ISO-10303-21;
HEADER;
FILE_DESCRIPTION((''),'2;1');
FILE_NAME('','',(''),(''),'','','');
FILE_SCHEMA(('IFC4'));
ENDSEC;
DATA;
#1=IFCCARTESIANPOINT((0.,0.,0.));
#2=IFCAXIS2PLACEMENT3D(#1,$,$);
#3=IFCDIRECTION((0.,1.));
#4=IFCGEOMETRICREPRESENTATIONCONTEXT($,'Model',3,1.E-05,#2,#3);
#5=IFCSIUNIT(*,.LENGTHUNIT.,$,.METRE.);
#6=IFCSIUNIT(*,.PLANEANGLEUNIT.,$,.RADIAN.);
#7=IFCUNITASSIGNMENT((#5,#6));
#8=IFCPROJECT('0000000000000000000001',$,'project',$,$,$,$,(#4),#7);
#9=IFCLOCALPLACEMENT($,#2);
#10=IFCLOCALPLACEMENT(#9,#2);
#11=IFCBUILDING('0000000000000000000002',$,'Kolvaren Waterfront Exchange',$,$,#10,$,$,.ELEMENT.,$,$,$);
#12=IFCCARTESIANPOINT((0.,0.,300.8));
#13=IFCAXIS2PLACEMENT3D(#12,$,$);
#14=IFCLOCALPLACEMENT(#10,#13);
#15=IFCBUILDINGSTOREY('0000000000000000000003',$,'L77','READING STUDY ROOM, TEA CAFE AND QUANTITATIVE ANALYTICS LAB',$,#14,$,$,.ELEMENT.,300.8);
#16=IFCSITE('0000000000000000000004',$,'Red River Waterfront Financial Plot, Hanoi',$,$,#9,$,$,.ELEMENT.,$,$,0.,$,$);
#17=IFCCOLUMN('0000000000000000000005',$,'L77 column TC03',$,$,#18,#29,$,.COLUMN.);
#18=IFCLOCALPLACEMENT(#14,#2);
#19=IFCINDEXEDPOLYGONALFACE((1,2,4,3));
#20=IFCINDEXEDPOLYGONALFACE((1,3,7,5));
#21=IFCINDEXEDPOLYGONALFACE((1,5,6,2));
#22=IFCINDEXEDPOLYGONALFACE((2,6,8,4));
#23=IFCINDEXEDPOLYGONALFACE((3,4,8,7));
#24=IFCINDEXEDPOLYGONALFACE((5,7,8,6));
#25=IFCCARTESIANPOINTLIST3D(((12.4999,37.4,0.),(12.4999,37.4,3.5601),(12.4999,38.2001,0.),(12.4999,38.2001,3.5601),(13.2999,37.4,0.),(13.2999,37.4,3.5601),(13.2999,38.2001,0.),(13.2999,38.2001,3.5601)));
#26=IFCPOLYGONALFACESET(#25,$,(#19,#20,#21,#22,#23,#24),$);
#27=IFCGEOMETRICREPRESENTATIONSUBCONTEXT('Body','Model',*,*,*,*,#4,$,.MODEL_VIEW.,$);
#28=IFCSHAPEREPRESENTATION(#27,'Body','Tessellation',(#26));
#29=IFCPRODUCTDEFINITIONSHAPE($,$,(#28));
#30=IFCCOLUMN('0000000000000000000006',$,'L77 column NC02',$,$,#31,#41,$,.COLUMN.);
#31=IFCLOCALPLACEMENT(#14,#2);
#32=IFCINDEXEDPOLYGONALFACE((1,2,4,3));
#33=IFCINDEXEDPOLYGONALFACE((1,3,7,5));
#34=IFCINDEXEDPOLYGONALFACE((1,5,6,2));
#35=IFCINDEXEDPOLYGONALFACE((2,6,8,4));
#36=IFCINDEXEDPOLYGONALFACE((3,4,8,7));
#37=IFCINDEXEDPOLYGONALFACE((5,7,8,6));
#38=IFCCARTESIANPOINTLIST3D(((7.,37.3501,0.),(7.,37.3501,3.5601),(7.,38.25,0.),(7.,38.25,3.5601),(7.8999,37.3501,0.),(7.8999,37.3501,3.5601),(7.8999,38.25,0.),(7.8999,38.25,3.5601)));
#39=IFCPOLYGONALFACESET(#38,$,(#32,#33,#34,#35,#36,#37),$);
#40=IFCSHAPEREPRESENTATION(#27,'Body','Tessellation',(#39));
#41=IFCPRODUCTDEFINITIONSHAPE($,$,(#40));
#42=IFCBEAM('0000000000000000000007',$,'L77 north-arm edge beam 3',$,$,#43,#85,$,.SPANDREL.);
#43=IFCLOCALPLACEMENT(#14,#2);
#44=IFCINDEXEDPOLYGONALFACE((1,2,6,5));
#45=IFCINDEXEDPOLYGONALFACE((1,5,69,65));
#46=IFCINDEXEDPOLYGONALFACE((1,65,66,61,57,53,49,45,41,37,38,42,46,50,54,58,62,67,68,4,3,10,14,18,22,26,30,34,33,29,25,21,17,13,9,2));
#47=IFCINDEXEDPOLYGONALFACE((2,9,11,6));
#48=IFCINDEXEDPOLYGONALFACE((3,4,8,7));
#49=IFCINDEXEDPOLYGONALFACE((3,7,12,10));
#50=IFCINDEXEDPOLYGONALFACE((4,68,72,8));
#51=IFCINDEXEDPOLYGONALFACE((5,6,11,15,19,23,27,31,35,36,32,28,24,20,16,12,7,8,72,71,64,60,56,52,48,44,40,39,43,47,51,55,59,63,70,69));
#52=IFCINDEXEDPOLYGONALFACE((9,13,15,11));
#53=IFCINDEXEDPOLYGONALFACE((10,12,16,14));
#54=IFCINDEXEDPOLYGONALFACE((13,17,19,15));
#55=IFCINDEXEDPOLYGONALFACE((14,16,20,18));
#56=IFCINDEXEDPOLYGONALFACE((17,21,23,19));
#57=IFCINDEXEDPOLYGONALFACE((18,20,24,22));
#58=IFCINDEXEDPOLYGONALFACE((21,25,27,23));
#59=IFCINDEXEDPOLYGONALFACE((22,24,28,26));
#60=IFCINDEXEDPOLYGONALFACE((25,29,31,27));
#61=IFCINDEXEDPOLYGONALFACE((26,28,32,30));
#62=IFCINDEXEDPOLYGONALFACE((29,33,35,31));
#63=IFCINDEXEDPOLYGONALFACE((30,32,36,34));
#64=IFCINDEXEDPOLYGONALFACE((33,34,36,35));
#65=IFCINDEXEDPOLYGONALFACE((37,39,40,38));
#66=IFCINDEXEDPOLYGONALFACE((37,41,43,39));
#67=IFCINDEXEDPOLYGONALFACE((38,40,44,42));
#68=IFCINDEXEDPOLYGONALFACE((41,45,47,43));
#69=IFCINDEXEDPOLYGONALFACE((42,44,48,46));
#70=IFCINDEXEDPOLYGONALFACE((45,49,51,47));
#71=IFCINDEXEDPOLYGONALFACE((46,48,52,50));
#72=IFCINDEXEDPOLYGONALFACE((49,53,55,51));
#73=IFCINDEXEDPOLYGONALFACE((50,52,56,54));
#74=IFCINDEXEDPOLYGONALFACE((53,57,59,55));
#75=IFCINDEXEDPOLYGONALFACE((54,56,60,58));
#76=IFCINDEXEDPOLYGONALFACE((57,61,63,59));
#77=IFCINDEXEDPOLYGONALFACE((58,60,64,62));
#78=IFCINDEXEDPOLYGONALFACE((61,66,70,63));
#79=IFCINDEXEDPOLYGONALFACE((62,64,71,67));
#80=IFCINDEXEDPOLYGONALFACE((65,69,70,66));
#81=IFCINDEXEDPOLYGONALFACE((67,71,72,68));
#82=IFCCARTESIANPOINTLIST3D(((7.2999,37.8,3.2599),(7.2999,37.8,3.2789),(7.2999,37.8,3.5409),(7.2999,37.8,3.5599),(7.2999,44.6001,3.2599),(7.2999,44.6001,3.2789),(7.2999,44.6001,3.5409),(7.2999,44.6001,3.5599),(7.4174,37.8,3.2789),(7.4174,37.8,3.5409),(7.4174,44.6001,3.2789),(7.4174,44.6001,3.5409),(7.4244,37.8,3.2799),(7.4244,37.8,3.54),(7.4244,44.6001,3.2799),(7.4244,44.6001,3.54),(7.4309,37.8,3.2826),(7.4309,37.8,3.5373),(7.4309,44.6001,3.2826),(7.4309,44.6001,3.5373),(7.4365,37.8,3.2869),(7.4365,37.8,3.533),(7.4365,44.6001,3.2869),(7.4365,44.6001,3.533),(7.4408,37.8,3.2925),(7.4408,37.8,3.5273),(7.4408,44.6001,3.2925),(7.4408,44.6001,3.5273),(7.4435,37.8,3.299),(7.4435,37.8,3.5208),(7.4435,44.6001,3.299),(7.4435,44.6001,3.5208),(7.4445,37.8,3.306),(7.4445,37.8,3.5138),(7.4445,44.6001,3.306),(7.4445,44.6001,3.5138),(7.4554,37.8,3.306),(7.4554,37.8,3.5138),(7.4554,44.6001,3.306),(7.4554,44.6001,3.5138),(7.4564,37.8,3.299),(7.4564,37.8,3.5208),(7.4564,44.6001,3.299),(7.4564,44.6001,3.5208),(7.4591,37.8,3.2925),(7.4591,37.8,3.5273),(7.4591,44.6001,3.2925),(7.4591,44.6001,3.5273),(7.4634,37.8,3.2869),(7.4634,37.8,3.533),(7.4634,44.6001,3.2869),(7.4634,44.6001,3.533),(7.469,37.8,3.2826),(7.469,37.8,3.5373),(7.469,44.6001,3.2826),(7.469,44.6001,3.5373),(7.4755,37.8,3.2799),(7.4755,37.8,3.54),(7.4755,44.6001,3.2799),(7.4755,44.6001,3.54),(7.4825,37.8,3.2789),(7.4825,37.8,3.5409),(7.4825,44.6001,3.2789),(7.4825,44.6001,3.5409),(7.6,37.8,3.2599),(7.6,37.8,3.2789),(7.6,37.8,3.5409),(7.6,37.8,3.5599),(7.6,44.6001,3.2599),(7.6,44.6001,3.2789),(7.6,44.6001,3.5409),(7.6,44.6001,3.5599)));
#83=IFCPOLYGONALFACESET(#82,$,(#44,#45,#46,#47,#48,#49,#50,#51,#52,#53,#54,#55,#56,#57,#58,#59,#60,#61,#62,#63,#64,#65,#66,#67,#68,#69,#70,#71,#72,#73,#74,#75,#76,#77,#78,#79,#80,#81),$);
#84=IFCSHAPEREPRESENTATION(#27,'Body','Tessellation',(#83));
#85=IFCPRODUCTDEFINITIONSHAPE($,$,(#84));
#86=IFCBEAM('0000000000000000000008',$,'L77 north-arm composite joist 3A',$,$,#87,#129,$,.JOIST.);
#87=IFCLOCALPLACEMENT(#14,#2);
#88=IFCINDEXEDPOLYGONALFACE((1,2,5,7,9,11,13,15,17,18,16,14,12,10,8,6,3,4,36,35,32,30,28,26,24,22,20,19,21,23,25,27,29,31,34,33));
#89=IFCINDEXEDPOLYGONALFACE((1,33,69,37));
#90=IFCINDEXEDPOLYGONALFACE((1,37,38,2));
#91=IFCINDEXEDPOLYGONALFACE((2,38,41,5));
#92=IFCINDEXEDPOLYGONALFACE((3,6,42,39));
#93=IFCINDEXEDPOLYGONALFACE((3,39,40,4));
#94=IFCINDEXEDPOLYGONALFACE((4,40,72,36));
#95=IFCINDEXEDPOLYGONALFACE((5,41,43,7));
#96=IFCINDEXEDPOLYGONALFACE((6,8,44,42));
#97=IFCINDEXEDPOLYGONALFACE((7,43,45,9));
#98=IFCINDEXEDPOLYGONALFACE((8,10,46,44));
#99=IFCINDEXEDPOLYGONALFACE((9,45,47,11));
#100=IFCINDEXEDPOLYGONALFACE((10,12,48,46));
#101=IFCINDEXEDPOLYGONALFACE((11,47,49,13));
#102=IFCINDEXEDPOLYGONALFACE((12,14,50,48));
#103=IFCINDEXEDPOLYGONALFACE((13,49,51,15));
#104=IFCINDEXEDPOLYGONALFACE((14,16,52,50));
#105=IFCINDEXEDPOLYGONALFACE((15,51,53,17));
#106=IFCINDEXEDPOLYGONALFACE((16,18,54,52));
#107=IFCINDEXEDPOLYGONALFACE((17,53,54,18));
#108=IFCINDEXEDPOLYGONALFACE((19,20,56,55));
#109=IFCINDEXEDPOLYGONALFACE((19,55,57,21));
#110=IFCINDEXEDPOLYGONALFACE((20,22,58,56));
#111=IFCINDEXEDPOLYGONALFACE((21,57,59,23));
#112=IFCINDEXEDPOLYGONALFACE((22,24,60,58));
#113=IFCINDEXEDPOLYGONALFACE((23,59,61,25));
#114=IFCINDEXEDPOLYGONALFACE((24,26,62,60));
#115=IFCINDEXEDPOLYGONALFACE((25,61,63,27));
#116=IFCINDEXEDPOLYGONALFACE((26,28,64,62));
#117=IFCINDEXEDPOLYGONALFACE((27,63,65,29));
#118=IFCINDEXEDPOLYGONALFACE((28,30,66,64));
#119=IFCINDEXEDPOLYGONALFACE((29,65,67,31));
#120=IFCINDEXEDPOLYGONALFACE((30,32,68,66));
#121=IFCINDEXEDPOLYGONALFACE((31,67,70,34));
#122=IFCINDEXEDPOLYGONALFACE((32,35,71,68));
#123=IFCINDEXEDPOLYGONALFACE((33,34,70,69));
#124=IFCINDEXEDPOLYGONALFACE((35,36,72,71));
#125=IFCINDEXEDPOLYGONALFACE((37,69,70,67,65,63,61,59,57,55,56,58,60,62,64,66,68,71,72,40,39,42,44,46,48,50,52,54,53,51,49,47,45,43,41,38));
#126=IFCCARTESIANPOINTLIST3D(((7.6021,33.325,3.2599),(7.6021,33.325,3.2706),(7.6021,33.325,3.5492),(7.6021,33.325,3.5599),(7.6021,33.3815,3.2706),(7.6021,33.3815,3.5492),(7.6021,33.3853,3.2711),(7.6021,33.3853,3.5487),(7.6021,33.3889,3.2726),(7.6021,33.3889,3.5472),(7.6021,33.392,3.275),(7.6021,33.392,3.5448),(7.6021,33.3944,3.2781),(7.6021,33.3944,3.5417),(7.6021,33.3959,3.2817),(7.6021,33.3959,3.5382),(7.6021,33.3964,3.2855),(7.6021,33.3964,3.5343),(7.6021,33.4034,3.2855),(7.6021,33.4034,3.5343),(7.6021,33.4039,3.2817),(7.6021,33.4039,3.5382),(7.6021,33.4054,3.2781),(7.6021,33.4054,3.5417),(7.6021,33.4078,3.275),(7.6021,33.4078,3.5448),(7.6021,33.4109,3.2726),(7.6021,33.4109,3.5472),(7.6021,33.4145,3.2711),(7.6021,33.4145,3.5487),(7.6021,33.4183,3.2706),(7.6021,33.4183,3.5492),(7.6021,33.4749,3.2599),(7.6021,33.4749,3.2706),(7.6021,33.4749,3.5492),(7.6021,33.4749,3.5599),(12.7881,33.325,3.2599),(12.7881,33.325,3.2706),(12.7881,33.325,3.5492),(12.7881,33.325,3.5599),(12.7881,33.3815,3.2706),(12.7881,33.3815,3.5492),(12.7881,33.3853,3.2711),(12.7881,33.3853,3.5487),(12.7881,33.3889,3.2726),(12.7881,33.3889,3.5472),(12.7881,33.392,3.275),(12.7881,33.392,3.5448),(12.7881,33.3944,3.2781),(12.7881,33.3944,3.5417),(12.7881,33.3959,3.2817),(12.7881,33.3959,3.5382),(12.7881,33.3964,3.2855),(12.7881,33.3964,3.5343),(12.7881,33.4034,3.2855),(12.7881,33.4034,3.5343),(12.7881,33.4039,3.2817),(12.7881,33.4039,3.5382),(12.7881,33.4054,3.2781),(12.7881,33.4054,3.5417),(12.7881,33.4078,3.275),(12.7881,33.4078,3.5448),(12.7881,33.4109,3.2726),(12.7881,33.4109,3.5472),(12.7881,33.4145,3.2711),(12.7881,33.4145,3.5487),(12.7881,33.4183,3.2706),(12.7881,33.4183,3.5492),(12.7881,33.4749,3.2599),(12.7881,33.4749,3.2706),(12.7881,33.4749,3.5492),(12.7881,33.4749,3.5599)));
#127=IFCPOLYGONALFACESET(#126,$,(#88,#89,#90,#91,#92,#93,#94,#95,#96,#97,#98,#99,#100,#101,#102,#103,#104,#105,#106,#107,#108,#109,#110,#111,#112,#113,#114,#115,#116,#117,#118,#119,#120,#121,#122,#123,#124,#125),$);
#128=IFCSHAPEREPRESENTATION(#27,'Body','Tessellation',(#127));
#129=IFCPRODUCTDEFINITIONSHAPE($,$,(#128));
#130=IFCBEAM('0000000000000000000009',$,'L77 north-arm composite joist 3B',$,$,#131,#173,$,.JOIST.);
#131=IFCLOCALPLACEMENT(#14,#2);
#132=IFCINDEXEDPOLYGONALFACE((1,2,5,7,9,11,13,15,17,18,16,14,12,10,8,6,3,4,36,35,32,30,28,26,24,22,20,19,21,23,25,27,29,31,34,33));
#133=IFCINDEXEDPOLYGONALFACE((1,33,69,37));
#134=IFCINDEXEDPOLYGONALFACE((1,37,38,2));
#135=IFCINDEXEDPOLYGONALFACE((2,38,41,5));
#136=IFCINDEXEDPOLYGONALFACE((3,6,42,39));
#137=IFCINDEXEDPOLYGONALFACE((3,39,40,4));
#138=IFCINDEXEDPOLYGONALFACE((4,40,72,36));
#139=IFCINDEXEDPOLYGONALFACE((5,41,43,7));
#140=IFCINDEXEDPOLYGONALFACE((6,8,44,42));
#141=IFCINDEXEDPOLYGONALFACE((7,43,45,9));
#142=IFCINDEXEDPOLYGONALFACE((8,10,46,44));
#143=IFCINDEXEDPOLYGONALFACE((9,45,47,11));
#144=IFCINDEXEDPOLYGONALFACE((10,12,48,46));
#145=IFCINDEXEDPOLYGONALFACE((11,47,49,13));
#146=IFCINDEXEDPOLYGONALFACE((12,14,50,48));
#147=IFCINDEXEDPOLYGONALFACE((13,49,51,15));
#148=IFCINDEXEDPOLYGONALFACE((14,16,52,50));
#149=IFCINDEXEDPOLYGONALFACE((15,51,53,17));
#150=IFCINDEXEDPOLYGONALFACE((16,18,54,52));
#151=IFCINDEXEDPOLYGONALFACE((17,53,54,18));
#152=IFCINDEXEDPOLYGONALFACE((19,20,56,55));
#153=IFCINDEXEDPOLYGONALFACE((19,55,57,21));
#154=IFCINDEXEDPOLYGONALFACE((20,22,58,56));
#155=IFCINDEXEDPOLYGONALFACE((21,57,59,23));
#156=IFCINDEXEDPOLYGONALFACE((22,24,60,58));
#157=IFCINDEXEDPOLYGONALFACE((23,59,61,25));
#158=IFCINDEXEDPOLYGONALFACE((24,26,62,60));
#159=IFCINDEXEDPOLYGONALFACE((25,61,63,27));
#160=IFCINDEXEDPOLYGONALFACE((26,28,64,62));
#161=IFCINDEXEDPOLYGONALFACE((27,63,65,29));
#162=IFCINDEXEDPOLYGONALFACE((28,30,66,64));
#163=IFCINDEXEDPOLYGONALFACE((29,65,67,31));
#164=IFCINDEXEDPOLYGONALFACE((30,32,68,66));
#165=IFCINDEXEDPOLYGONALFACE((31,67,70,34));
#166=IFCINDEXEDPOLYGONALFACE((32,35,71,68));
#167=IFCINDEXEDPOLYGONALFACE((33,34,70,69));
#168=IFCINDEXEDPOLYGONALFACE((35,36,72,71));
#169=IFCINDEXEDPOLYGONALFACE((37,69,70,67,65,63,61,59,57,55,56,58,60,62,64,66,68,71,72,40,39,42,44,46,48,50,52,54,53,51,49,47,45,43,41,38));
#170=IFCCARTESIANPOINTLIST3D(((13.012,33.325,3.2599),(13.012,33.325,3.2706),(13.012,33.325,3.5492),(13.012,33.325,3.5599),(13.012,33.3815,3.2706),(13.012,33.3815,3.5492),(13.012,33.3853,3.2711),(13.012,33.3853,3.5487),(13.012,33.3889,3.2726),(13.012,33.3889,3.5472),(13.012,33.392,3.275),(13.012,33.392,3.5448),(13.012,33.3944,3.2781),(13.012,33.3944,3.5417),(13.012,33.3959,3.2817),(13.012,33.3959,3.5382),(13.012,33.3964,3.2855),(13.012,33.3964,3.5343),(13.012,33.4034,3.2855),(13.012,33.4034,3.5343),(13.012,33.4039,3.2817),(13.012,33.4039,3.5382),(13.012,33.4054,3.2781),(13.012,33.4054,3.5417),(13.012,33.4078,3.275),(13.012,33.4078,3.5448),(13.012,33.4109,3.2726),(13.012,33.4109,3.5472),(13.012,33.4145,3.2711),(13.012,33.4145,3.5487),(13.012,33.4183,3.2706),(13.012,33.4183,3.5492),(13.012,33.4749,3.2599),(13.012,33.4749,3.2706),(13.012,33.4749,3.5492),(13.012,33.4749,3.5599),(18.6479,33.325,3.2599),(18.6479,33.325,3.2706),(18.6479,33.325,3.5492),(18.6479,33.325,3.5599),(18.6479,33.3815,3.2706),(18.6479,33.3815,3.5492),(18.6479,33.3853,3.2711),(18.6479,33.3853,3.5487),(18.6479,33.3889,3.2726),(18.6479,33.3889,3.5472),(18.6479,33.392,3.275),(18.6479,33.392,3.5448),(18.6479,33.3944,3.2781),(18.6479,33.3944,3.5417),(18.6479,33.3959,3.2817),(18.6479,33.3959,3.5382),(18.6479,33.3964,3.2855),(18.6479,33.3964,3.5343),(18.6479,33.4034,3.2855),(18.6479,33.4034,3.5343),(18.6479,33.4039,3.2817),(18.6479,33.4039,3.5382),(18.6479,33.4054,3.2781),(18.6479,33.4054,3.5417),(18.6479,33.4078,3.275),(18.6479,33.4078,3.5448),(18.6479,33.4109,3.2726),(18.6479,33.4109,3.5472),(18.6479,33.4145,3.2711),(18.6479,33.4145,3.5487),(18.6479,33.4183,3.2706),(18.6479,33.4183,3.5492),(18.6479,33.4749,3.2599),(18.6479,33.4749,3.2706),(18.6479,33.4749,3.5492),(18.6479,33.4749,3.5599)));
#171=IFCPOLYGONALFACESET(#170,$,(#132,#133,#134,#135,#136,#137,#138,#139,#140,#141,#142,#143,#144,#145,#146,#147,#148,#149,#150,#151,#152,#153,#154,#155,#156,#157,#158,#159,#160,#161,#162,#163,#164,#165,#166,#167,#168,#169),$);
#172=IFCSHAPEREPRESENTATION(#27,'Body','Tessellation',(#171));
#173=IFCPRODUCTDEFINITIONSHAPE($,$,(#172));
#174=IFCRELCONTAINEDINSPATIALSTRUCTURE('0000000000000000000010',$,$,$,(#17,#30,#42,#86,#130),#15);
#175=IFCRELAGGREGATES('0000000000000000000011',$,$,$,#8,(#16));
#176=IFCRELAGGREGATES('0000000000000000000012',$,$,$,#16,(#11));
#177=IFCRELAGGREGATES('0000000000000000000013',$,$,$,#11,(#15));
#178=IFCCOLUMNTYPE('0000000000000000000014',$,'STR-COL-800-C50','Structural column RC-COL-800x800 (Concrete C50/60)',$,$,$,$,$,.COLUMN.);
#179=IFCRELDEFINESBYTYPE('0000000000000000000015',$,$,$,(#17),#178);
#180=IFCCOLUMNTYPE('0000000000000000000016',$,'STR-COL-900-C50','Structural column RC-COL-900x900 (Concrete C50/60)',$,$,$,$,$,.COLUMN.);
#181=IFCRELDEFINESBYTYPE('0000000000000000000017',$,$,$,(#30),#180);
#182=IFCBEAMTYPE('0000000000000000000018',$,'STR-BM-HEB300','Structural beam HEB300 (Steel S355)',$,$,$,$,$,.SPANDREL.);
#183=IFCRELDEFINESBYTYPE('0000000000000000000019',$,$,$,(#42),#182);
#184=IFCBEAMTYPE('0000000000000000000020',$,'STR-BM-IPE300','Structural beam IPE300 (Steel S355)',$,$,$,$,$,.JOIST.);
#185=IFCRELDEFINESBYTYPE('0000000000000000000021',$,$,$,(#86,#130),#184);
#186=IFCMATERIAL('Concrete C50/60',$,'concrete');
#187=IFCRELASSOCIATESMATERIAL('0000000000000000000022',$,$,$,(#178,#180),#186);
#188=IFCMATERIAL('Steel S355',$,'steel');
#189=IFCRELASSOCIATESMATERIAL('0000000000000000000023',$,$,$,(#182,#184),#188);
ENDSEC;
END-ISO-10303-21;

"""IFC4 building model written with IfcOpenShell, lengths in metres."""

from ifc_helpers import new_model, si_unit, direction, frame, origin, origin_2d, place, context, subcontext, project, spatial, rectangle, i_section, extrude, material, material_profile, profile_set, type_object, element, save


model = new_model("IFC4")

# Units and contexts
model_context = context("Model", 3, precision=1e-05, world=origin(), true_north=direction((0.0, 1.0)))
body_context = subcontext(model_context, "Body", "Model", "MODEL_VIEW")
ifc_project = project(units=[si_unit("LENGTHUNIT", "METRE"), si_unit("PLANEANGLEUNIT", "RADIAN")], contexts=[model_context])

# Site, building, storey
site_placement = place(None, origin())
site = spatial("IfcSite", under=ifc_project, at=site_placement, Name="Red River Waterfront Financial Plot, Hanoi", CompositionType="ELEMENT", RefElevation=0.0)
building_placement = place(site_placement, origin())
building = spatial("IfcBuilding", under=site, at=building_placement, Name="Kolvaren Waterfront Exchange", CompositionType="ELEMENT")
storey_placement = place(building_placement, frame((0.0, 0.0, 300.8)))
storey = spatial("IfcBuildingStorey", under=building, at=storey_placement, Name="L77", Description="READING STUDY ROOM, TEA CAFE AND QUANTITATIVE ANALYTICS LAB", CompositionType="ELEMENT", Elevation=300.8)

# Columns
ifc_material_1 = material(Name="Concrete C50/60", Category="concrete")
ifc_material_profile_1 = material_profile(ifc_material_1, rectangle(XDim=0.8, YDim=0.8, at=origin_2d()), Name="RC-COL-800x800")
ifc_profile_set_1 = profile_set([ifc_material_profile_1], Name="Concrete C50/60")
column_type_1 = type_object("IfcColumnType", Name="STR-COL-800-C50", Description="Structural column RC-COL-800x800 (Concrete C50/60)", PredefinedType="COLUMN", material=ifc_profile_set_1)
column_1_placement = place(storey_placement, frame((12.8999, 37.8, 0.0), z_axis=(0.0, 0.0, 1.0), x_axis=(1.0, 0.0, 0.0)))
element("IfcColumn", 1, at=column_1_placement, inside=storey, type_object=column_type_1, Name="L77 column TC03", PredefinedType="COLUMN", context=body_context, shape_type="SweptSolid", body=[
    extrude(rectangle(XDim=0.8, YDim=0.8, at=origin_2d()), origin(), (0.0, 0.0, 1.0), 3.5601),
])
ifc_material_profile_2 = material_profile(ifc_material_1, rectangle(XDim=0.8999, YDim=0.8999, at=origin_2d()), Name="RC-COL-900x900")
ifc_profile_set_2 = profile_set([ifc_material_profile_2], Name="Concrete C50/60")
column_type_2 = type_object("IfcColumnType", Name="STR-COL-900-C50", Description="Structural column RC-COL-900x900 (Concrete C50/60)", PredefinedType="COLUMN", material=ifc_profile_set_2)
column_2_placement = place(storey_placement, frame((7.45, 37.8, 0.0), z_axis=(0.0, 0.0, 1.0), x_axis=(1.0, 0.0, 0.0)))
element("IfcColumn", 2, at=column_2_placement, inside=storey, type_object=column_type_2, Name="L77 column NC02", PredefinedType="COLUMN", context=body_context, shape_type="SweptSolid", body=[
    extrude(rectangle(XDim=0.8999, YDim=0.8999, at=origin_2d()), origin(), (0.0, 0.0, 1.0), 3.5601),
])

# Beams
ifc_material_2 = material(Name="Steel S355", Category="steel")
ifc_material_profile_3 = material_profile(ifc_material_2, i_section(OverallWidth=0.3, OverallDepth=0.3, WebThickness=0.011, FlangeThickness=0.019, FilletRadius=0.0271, at=origin_2d()), Name="HEB300")
ifc_profile_set_3 = profile_set([ifc_material_profile_3], Name="Steel S355")
beam_type_1 = type_object("IfcBeamType", Name="STR-BM-HEB300", Description="Structural beam HEB300 (Steel S355)", PredefinedType="SPANDREL", material=ifc_profile_set_3)
beam_1_placement = place(storey_placement, frame((7.45, 37.8, 3.4099), z_axis=(0.0, 1.0, 0.0), x_axis=(-1.0, 0.0, 0.0)))
element("IfcBeam", 3, at=beam_1_placement, inside=storey, type_object=beam_type_1, Name="L77 north-arm edge beam 3", PredefinedType="SPANDREL", context=body_context, shape_type="SweptSolid", body=[
    extrude(i_section(OverallWidth=0.3, OverallDepth=0.3, WebThickness=0.011, FlangeThickness=0.019, FilletRadius=0.0271, at=origin_2d()), origin(), (0.0, 0.0, 1.0), 6.8),
])
ifc_material_profile_4 = material_profile(ifc_material_2, i_section(OverallWidth=0.1499, OverallDepth=0.3, WebThickness=0.0071, FlangeThickness=0.0107, FilletRadius=0.0149, at=origin_2d()), Name="IPE300")
ifc_profile_set_4 = profile_set([ifc_material_profile_4], Name="Steel S355")
beam_type_2 = type_object("IfcBeamType", Name="STR-BM-IPE300", Description="Structural beam IPE300 (Steel S355)", PredefinedType="JOIST", material=ifc_profile_set_4)
beam_2_placement = place(storey_placement, frame((7.6021, 33.3999, 3.4099), z_axis=(1.0, 0.0, 0.0), x_axis=(0.0, 1.0, 0.0)))
element("IfcBeam", 4, at=beam_2_placement, inside=storey, type_object=beam_type_2, Name="L77 north-arm composite joist 3A", PredefinedType="JOIST", context=body_context, shape_type="SweptSolid", body=[
    extrude(i_section(OverallWidth=0.1499, OverallDepth=0.3, WebThickness=0.0071, FlangeThickness=0.0107, FilletRadius=0.0149, at=origin_2d()), origin(), (0.0, 0.0, 1.0), 5.186),
])
beam_3_placement = place(storey_placement, frame((13.012, 33.3999, 3.4099), z_axis=(1.0, 0.0, 0.0), x_axis=(0.0, 1.0, 0.0)))
element("IfcBeam", 5, at=beam_3_placement, inside=storey, type_object=beam_type_2, Name="L77 north-arm composite joist 3B", PredefinedType="JOIST", context=body_context, shape_type="SweptSolid", body=[
    extrude(i_section(OverallWidth=0.1499, OverallDepth=0.3, WebThickness=0.0071, FlangeThickness=0.0107, FilletRadius=0.0149, at=origin_2d()), origin(), (0.0, 0.0, 1.0), 5.636),
])

save(model, "model.ifc")
